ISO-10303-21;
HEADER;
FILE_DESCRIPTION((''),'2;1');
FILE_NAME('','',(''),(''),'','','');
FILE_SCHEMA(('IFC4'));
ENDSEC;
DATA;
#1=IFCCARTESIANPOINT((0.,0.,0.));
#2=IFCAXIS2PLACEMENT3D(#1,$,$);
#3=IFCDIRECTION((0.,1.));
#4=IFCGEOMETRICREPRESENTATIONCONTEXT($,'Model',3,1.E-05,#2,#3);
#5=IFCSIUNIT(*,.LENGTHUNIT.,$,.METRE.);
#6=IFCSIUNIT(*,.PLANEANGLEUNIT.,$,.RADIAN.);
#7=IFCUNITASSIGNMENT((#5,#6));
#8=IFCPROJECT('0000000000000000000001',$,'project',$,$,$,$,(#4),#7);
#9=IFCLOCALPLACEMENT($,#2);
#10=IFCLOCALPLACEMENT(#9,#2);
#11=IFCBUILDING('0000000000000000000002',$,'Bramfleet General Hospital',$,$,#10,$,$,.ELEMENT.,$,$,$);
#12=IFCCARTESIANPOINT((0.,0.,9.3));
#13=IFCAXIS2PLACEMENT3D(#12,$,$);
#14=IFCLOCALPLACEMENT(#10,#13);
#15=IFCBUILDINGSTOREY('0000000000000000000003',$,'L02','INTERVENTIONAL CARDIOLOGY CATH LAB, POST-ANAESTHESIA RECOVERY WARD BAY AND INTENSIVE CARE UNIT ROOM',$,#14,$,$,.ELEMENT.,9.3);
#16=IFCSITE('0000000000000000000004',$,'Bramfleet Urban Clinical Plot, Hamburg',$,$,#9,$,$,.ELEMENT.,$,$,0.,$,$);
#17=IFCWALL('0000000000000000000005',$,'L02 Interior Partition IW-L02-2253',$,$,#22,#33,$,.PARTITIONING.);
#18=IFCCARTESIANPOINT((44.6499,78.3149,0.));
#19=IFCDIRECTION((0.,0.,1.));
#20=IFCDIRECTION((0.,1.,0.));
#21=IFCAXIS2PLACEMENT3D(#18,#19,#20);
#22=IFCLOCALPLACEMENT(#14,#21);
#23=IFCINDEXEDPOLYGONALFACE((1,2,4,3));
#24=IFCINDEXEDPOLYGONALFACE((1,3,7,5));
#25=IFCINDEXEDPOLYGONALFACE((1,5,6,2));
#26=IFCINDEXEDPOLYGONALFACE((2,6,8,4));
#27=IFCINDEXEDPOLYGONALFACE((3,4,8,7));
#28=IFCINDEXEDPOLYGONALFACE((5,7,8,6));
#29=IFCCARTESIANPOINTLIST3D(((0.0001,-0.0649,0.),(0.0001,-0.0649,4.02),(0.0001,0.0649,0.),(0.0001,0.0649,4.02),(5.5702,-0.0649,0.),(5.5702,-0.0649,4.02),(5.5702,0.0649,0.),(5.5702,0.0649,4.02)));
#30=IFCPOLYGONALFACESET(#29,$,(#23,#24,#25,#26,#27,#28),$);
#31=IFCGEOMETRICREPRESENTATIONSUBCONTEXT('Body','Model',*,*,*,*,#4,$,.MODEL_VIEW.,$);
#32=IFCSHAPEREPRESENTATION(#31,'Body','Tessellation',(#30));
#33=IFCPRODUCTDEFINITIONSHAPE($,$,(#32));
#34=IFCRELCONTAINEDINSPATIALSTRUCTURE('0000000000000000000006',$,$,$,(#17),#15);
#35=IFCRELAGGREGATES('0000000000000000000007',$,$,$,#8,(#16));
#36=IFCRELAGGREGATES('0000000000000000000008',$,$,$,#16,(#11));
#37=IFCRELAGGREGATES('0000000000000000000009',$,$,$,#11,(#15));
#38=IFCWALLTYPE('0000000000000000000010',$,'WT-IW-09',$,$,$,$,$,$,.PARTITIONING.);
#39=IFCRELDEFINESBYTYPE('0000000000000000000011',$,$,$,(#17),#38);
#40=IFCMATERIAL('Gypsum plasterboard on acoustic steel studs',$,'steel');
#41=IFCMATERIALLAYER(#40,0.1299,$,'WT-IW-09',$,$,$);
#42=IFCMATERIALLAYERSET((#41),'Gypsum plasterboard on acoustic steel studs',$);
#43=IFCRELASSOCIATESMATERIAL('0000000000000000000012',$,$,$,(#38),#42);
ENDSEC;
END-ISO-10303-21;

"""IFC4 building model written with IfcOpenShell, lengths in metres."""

from ifc_helpers import new_model, si_unit, direction, frame, frame_2d, origin, place, context, subcontext, project, spatial, rectangle, extrude, material, layer, layer_set, type_object, element, save


model = new_model("IFC4")

# Units and contexts
model_context = context("Model", 3, precision=1e-05, world=origin(), true_north=direction((0.0, 1.0)))
body_context = subcontext(model_context, "Body", "Model", "MODEL_VIEW")
ifc_project = project(units=[si_unit("LENGTHUNIT", "METRE"), si_unit("PLANEANGLEUNIT", "RADIAN")], contexts=[model_context])

# Site, building, storey
site_placement = place(None, origin())
site = spatial("IfcSite", under=ifc_project, at=site_placement, Name="Bramfleet Urban Clinical Plot, Hamburg", CompositionType="ELEMENT", RefElevation=0.0)
building_placement = place(site_placement, origin())
building = spatial("IfcBuilding", under=site, at=building_placement, Name="Bramfleet General Hospital", CompositionType="ELEMENT")
storey_placement = place(building_placement, frame((0.0, 0.0, 9.3)))
storey = spatial("IfcBuildingStorey", under=building, at=storey_placement, Name="L02", Description="INTERVENTIONAL CARDIOLOGY CATH LAB, POST-ANAESTHESIA RECOVERY WARD BAY AND INTENSIVE CARE UNIT ROOM", CompositionType="ELEMENT", Elevation=9.3)

# Shared definitions
ifc_material_1 = material(Name="Gypsum plasterboard on acoustic steel studs", Category="steel")

# Wall
ifc_layer_1 = layer(ifc_material_1, 0.1299, Name="WT-IW-09")
ifc_layer_set_1 = layer_set([ifc_layer_1], Name="Gypsum plasterboard on acoustic steel studs")
wall_type_1 = type_object("IfcWallType", Name="WT-IW-09", PredefinedType="PARTITIONING", material=ifc_layer_set_1)
wall_1_placement = place(storey_placement, frame((44.6499, 78.3149, 0.0), z_axis=(0.0, 0.0, 1.0), x_axis=(0.0, 1.0, 0.0)))
element("IfcWall", 1, at=wall_1_placement, inside=storey, type_object=wall_type_1, Name="L02 Interior Partition IW-L02-2253", PredefinedType="PARTITIONING", context=body_context, shape_type="SweptSolid", body=[
    extrude(rectangle(XDim=5.5701, YDim=0.1299, at=frame_2d((2.7852, 0.0))), origin(), (0.0, 0.0, 1.0), 4.02),
])

save(model, "model.ifc")
